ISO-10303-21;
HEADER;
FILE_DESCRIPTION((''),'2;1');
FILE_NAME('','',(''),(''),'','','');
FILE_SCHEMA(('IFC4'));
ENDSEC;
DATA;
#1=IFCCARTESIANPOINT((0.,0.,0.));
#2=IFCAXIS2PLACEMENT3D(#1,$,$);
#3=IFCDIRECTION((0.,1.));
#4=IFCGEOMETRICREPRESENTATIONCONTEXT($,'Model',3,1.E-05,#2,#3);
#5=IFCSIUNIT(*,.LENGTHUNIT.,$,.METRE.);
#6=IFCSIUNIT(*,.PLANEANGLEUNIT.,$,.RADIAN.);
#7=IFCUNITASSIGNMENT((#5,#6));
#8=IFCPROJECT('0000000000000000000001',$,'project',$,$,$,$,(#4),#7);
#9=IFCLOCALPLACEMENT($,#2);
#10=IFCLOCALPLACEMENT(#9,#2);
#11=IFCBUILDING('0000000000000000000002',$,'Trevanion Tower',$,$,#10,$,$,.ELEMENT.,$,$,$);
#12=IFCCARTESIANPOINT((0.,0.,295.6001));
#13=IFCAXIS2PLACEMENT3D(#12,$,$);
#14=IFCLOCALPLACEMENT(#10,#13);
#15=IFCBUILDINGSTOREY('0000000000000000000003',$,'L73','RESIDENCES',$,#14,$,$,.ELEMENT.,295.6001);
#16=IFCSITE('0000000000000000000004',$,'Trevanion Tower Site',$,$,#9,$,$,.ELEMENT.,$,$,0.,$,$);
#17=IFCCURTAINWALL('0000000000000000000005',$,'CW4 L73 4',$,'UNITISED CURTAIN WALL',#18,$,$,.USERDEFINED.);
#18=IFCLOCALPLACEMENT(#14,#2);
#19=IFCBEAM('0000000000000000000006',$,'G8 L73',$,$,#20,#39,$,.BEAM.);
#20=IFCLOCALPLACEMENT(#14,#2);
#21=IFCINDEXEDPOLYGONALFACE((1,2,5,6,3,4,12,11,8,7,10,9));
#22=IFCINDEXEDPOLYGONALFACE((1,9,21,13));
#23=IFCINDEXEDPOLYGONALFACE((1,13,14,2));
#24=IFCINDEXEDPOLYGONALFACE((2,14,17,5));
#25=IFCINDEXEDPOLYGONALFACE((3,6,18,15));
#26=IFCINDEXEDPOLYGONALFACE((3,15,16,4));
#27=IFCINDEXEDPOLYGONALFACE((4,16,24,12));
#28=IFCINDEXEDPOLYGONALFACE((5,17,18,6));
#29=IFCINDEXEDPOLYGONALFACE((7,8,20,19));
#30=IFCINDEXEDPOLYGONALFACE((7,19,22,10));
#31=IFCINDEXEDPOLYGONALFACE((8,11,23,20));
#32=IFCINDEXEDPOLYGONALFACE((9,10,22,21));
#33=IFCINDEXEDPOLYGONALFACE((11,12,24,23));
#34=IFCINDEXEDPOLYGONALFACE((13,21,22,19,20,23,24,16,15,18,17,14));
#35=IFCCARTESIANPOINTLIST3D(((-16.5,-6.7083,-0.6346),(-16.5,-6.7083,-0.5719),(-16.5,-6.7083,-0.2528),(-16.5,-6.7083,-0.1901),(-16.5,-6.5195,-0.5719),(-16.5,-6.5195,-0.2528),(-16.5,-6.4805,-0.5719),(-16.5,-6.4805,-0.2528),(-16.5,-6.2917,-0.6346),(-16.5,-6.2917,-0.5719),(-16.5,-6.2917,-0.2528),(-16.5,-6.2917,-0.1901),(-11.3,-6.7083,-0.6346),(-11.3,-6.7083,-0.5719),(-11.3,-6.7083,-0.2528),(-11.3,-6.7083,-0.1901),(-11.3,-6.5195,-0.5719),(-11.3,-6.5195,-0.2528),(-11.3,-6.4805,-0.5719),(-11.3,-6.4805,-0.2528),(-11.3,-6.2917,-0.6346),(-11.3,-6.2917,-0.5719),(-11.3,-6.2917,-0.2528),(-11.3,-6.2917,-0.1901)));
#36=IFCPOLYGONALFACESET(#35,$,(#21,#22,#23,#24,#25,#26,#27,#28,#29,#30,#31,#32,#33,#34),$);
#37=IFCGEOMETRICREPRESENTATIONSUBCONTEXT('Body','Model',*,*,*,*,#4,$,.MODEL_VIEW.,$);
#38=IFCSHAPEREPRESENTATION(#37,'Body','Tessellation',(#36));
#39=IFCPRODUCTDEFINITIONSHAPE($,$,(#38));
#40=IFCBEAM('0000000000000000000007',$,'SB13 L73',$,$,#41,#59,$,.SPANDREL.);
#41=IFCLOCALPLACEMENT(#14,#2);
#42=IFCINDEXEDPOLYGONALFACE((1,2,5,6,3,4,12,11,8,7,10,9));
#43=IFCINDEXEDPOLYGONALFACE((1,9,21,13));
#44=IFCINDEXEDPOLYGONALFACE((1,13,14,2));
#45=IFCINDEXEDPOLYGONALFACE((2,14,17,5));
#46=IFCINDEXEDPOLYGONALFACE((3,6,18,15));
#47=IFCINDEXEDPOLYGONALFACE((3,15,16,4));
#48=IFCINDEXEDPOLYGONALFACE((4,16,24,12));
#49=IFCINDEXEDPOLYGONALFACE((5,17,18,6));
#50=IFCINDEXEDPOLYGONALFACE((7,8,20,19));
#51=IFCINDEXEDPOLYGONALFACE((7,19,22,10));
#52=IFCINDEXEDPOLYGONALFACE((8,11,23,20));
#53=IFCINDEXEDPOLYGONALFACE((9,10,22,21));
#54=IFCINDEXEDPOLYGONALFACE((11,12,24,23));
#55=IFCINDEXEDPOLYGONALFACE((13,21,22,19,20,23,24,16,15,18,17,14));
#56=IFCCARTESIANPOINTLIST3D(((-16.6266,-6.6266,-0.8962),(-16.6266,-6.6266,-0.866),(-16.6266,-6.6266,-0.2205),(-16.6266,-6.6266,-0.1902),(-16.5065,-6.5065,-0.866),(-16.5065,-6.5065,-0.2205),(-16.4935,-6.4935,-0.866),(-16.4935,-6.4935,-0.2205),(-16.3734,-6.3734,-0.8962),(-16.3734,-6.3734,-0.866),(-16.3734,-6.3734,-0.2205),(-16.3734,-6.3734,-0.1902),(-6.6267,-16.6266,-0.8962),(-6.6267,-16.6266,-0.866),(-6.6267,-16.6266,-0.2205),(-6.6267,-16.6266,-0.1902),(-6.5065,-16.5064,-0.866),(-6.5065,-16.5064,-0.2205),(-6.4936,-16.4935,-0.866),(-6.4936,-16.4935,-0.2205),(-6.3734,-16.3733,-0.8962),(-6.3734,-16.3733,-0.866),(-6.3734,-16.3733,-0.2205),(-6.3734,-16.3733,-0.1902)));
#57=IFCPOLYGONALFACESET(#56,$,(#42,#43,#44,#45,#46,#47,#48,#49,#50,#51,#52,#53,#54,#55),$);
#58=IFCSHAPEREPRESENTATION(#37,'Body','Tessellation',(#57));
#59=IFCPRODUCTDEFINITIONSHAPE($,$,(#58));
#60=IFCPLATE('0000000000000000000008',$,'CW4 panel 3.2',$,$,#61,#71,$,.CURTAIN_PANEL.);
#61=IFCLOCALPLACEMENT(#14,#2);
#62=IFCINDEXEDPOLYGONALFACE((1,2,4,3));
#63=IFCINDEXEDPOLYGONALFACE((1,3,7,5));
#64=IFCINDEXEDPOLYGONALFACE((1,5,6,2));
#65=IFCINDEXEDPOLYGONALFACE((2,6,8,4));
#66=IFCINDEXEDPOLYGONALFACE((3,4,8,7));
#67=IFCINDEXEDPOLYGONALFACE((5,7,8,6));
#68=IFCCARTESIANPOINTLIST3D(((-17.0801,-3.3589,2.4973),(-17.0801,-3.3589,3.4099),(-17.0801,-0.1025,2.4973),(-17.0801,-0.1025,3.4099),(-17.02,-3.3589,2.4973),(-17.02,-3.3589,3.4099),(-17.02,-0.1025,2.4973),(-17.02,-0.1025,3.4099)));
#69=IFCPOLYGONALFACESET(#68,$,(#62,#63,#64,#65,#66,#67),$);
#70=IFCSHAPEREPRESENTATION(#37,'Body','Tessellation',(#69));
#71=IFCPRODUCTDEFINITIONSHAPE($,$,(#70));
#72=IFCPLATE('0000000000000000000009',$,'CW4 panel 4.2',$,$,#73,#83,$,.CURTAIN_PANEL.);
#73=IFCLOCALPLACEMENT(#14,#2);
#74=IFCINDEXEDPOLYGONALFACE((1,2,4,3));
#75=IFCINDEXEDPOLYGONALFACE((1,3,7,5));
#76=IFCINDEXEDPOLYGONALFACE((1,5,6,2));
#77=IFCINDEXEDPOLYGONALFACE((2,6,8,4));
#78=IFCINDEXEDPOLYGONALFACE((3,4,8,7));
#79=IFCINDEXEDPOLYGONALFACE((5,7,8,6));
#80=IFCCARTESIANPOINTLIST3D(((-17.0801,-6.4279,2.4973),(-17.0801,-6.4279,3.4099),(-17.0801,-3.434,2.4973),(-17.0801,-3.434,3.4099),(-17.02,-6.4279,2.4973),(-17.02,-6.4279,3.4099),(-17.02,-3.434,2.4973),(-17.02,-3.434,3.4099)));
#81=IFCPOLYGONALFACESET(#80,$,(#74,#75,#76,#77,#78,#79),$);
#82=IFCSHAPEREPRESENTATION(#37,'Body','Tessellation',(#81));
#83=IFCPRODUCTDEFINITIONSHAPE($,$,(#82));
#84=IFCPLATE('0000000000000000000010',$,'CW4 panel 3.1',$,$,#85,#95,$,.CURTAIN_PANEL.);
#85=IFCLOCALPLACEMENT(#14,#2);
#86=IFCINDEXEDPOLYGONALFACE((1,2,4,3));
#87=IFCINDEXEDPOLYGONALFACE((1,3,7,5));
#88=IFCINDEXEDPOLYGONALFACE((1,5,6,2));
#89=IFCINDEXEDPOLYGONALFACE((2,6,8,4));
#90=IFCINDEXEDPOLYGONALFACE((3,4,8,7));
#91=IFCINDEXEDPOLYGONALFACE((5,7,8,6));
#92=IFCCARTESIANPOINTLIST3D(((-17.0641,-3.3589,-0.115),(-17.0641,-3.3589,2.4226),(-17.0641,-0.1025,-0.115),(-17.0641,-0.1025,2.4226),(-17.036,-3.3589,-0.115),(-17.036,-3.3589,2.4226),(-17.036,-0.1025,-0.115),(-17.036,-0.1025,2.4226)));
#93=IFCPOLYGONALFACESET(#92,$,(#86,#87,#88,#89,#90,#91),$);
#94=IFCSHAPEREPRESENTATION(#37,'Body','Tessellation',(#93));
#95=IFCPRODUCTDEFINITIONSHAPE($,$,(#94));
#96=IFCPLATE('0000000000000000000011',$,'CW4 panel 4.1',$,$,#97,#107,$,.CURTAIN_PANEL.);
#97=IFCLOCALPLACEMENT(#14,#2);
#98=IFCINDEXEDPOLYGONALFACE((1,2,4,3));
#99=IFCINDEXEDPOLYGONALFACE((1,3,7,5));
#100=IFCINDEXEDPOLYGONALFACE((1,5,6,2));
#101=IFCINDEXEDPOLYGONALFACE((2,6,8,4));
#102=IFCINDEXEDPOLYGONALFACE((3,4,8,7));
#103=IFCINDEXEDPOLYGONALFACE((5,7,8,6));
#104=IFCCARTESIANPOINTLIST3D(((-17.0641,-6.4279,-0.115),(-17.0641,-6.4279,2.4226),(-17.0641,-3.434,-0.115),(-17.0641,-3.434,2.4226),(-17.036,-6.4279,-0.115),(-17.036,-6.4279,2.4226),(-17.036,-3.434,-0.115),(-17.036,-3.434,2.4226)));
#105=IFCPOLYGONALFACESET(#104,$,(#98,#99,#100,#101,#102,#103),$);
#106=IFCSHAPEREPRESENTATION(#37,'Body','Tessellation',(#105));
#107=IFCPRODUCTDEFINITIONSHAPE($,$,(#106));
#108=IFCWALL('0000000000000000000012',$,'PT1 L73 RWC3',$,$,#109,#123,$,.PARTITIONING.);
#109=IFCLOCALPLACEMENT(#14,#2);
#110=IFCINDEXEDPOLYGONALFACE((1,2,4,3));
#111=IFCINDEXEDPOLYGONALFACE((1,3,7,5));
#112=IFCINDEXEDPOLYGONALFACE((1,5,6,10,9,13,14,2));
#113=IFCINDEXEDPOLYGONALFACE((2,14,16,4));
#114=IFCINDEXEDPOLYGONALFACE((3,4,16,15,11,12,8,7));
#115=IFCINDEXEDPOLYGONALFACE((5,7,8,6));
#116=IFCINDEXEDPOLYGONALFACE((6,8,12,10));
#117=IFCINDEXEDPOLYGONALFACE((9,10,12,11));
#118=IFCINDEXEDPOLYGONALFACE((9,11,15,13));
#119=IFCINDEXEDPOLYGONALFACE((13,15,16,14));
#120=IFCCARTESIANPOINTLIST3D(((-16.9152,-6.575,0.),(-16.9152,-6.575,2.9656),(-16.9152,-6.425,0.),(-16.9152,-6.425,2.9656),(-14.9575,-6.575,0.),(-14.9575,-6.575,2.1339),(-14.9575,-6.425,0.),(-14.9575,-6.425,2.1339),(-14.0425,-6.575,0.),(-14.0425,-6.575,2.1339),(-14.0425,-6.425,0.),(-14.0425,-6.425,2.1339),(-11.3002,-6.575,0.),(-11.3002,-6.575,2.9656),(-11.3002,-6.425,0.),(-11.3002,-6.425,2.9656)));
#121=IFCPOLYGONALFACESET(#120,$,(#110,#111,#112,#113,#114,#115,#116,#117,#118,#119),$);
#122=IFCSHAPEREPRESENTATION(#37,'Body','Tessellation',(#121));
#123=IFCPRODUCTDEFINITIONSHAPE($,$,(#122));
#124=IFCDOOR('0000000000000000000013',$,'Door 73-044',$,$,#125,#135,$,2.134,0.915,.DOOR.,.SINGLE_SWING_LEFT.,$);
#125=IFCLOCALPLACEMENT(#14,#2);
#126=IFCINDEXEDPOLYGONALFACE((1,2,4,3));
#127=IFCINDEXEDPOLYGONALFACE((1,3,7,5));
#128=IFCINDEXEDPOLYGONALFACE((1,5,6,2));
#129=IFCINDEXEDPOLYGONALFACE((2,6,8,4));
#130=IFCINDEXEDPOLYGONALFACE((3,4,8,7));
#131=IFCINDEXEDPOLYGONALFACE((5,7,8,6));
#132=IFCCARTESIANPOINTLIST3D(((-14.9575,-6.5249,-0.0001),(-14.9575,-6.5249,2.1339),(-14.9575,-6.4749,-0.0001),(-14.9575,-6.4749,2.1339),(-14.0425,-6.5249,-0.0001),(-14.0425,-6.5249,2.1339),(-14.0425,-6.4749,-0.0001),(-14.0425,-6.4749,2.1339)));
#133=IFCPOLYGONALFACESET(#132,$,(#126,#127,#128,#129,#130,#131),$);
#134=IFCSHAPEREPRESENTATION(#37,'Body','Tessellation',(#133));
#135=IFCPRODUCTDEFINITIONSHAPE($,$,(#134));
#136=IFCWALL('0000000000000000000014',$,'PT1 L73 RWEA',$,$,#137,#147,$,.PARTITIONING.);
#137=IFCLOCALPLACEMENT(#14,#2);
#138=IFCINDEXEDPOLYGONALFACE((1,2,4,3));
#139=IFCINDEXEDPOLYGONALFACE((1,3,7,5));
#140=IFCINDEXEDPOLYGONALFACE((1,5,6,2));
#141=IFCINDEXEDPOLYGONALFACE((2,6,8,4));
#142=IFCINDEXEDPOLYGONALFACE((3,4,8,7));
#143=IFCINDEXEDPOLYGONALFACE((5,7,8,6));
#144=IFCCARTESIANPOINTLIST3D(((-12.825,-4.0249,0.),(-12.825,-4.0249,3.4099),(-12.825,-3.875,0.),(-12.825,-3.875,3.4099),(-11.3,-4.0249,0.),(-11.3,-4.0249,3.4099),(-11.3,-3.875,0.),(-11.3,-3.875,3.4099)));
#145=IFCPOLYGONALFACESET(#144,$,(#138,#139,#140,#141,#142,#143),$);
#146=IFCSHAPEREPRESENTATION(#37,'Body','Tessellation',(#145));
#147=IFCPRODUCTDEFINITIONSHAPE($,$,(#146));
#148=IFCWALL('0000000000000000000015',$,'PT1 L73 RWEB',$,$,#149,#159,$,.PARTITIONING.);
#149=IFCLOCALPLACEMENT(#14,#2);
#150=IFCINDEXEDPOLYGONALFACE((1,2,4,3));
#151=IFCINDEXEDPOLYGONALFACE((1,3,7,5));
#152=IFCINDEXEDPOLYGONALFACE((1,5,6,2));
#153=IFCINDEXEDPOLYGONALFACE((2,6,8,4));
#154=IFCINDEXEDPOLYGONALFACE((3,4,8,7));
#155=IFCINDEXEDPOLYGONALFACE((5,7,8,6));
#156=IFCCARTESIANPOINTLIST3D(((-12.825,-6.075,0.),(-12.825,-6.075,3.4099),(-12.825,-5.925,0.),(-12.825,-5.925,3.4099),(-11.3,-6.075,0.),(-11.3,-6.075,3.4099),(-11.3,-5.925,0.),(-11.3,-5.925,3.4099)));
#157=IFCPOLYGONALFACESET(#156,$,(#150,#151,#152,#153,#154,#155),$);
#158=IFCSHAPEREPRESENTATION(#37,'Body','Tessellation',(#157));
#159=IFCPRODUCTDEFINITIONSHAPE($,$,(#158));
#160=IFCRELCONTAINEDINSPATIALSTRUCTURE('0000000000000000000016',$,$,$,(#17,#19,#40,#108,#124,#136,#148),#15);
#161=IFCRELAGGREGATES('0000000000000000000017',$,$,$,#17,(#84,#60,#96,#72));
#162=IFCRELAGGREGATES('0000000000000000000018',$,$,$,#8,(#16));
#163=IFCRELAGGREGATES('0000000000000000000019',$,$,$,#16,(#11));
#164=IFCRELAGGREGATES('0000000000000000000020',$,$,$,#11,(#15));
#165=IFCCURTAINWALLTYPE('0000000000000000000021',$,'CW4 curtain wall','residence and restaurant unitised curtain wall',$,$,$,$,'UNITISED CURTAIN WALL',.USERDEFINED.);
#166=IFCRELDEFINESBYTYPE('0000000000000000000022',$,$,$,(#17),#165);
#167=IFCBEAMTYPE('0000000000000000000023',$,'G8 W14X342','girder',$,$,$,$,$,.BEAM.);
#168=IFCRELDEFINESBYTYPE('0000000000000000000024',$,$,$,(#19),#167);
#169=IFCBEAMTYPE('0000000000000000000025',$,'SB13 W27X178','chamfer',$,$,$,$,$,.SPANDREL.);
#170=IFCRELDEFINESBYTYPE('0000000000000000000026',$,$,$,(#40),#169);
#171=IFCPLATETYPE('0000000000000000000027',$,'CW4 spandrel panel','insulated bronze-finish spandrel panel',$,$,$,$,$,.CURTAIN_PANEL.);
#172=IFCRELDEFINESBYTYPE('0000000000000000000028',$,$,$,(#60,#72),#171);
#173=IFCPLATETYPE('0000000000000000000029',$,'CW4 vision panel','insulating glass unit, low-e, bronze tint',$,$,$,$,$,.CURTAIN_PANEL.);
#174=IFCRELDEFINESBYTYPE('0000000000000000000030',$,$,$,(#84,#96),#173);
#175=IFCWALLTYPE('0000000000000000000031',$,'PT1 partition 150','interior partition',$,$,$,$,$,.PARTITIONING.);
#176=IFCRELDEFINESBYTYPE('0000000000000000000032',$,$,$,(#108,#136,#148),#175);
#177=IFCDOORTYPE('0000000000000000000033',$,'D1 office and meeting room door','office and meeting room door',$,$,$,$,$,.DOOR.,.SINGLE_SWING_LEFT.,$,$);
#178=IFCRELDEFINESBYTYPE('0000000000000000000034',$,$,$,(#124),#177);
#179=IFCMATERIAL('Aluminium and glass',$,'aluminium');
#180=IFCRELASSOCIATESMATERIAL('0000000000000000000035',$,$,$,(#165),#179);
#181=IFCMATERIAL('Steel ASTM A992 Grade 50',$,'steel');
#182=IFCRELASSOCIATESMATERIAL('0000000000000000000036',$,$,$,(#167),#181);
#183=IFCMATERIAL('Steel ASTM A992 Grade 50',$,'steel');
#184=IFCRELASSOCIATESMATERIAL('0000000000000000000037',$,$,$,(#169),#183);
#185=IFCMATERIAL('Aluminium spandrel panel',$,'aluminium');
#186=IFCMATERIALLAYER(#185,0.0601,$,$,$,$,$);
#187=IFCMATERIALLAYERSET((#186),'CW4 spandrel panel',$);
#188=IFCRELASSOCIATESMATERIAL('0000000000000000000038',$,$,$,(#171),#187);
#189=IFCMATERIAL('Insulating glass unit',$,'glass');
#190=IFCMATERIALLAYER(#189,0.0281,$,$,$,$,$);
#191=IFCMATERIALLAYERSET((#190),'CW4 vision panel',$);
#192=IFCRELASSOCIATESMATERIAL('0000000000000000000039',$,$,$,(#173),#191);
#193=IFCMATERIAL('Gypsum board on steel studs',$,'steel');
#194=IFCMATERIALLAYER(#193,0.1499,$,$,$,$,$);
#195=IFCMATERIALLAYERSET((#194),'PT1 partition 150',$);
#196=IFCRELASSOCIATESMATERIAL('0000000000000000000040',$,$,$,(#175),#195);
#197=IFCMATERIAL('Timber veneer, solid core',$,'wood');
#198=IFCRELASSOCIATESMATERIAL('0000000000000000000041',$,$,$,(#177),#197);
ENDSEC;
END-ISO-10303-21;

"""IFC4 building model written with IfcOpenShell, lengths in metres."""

from ifc_helpers import new_model, si_unit, direction, frame, frame_2d, origin, origin_2d, place, context, subcontext, project, spatial, rectangle, i_section, extrude, material, layer, layer_set, material_profile, profile_set, type_object, element, fill, aggregate, save


model = new_model("IFC4")

# Units and contexts
model_context = context("Model", 3, precision=1e-05, world=origin(), true_north=direction((0.0, 1.0)))
body_context = subcontext(model_context, "Body", "Model", "MODEL_VIEW")
ifc_project = project(units=[si_unit("LENGTHUNIT", "METRE"), si_unit("PLANEANGLEUNIT", "RADIAN")], contexts=[model_context])

# Site, building, storey
site_placement = place(None, origin())
site = spatial("IfcSite", under=ifc_project, at=site_placement, Name="Trevanion Tower Site", CompositionType="ELEMENT", RefElevation=0.0)
building_placement = place(site_placement, origin())
building = spatial("IfcBuilding", under=site, at=building_placement, Name="Trevanion Tower", CompositionType="ELEMENT")
storey_placement = place(building_placement, frame((0.0, 0.0, 295.6001)))
storey = spatial("IfcBuildingStorey", under=building, at=storey_placement, Name="L73", Description="RESIDENCES", CompositionType="ELEMENT", Elevation=295.6001)

# Curtain wall
ifc_material_1 = material(Name="Aluminium and glass", Category="aluminium")
curtain_wall_type = type_object("IfcCurtainWallType", Name="CW4 curtain wall", Description="residence and restaurant unitised curtain wall", ElementType="UNITISED CURTAIN WALL", PredefinedType="USERDEFINED", material=ifc_material_1)
curtain_wall_1_placement = place(storey_placement, origin())
curtain_wall_1 = element("IfcCurtainWall", 1, at=curtain_wall_1_placement, inside=storey, type_object=curtain_wall_type, Name="CW4 L73 4", ObjectType="UNITISED CURTAIN WALL", PredefinedType="USERDEFINED")

# Beams
ifc_material_2 = material(Name="Steel ASTM A992 Grade 50", Category="steel")
ifc_material_profile_1 = material_profile(ifc_material_2, i_section(OverallWidth=0.4165, OverallDepth=0.4446, WebThickness=0.0391, FlangeThickness=0.0627, at=origin_2d()), Name="W14X342")
ifc_profile_set_1 = profile_set([ifc_material_profile_1], Name="Steel ASTM A992 Grade 50")
beam_type_1 = type_object("IfcBeamType", Name="G8 W14X342", Description="girder", PredefinedType="BEAM", material=ifc_profile_set_1)
beam_1_placement = place(storey_placement, frame((-11.3, -6.5, -0.4124), z_axis=(-1.0, 0.0, 0.0), x_axis=(0.0, -1.0, 0.0)))
element("IfcBeam", 2, at=beam_1_placement, inside=storey, type_object=beam_type_1, Name="G8 L73", PredefinedType="BEAM", context=body_context, shape_type="SweptSolid", body=[
    extrude(i_section(OverallWidth=0.4165, OverallDepth=0.4446, WebThickness=0.0391, FlangeThickness=0.0627, at=origin_2d()), origin(), (0.0, 0.0, 1.0), 5.2),
])
ifc_material_3 = material(Name="Steel ASTM A992 Grade 50", Category="steel")
ifc_material_profile_2 = material_profile(ifc_material_3, i_section(OverallWidth=0.3582, OverallDepth=0.7061, WebThickness=0.0183, FlangeThickness=0.0303, at=origin_2d()), Name="W27X178")
ifc_profile_set_2 = profile_set([ifc_material_profile_2], Name="Steel ASTM A992 Grade 50")
beam_type_2 = type_object("IfcBeamType", Name="SB13 W27X178", Description="chamfer", PredefinedType="SPANDREL", material=ifc_profile_set_2)
beam_2_placement = place(storey_placement, frame((-16.5, -6.5, -0.5432), z_axis=(0.707107, -0.707107, 0.0), x_axis=(0.707107, 0.707107, 0.0)))
element("IfcBeam", 3, at=beam_2_placement, inside=storey, type_object=beam_type_2, Name="SB13 L73", PredefinedType="SPANDREL", context=body_context, shape_type="SweptSolid", body=[
    extrude(i_section(OverallWidth=0.3582, OverallDepth=0.7061, WebThickness=0.0183, FlangeThickness=0.0303, at=origin_2d()), origin(), (0.0, 0.0, 1.0), 14.1421),
])

# Plates
ifc_material_4 = material(Name="Aluminium spandrel panel", Category="aluminium")
ifc_layer_1 = layer(ifc_material_4, 0.0601)
ifc_layer_set_1 = layer_set([ifc_layer_1], Name="CW4 spandrel panel")
plate_type_1 = type_object("IfcPlateType", Name="CW4 spandrel panel", Description="insulated bronze-finish spandrel panel", PredefinedType="CURTAIN_PANEL", material=ifc_layer_set_1)
plate_1_placement = place(storey_placement, frame((-17.05, -1.7307, 2.4973), z_axis=(0.0, 0.0, 1.0), x_axis=(0.0, -1.0, 0.0)))
plate_1 = element("IfcPlate", 4, at=plate_1_placement, type_object=plate_type_1, Name="CW4 panel 3.2", PredefinedType="CURTAIN_PANEL", context=body_context, shape_type="SweptSolid", body=[
    extrude(rectangle(XDim=3.2563, YDim=0.0601, at=origin_2d()), origin(), (0.0, 0.0, 1.0), 0.9126),
])
plate_2_placement = place(storey_placement, frame((-17.05, -4.9309, 2.4973), z_axis=(0.0, 0.0, 1.0), x_axis=(0.0, -1.0, 0.0)))
plate_2 = element("IfcPlate", 5, at=plate_2_placement, type_object=plate_type_1, Name="CW4 panel 4.2", PredefinedType="CURTAIN_PANEL", context=body_context, shape_type="SweptSolid", body=[
    extrude(rectangle(XDim=2.9939, YDim=0.0601, at=origin_2d()), origin(), (0.0, 0.0, 1.0), 0.9126),
])
ifc_material_5 = material(Name="Insulating glass unit", Category="glass")
ifc_layer_2 = layer(ifc_material_5, 0.0281)
ifc_layer_set_2 = layer_set([ifc_layer_2], Name="CW4 vision panel")
plate_type_2 = type_object("IfcPlateType", Name="CW4 vision panel", Description="insulating glass unit, low-e, bronze tint", PredefinedType="CURTAIN_PANEL", material=ifc_layer_set_2)
plate_3_placement = place(storey_placement, frame((-17.05, -1.7307, -0.115), z_axis=(0.0, 0.0, 1.0), x_axis=(0.0, -1.0, 0.0)))
plate_3 = element("IfcPlate", 6, at=plate_3_placement, type_object=plate_type_2, Name="CW4 panel 3.1", PredefinedType="CURTAIN_PANEL", context=body_context, shape_type="SweptSolid", body=[
    extrude(rectangle(XDim=3.2563, YDim=0.0281, at=origin_2d()), origin(), (0.0, 0.0, 1.0), 2.5376),
])
plate_4_placement = place(storey_placement, frame((-17.05, -4.9309, -0.115), z_axis=(0.0, 0.0, 1.0), x_axis=(0.0, -1.0, 0.0)))
plate_4 = element("IfcPlate", 7, at=plate_4_placement, type_object=plate_type_2, Name="CW4 panel 4.1", PredefinedType="CURTAIN_PANEL", context=body_context, shape_type="SweptSolid", body=[
    extrude(rectangle(XDim=2.9939, YDim=0.0281, at=origin_2d()), origin(), (0.0, 0.0, 1.0), 2.5376),
])
aggregate(curtain_wall_1, [plate_3, plate_1, plate_4, plate_2])

# Wall, opening, door
ifc_material_6 = material(Name="Gypsum board on steel studs", Category="steel")
ifc_layer_3 = layer(ifc_material_6, 0.1499)
ifc_layer_set_3 = layer_set([ifc_layer_3], Name="PT1 partition 150")
wall_type_1 = type_object("IfcWallType", Name="PT1 partition 150", Description="interior partition", PredefinedType="PARTITIONING", material=ifc_layer_set_3)
wall_1_placement = place(storey_placement, frame((-11.3, -6.5, 0.0), z_axis=(0.0, 0.0, 1.0), x_axis=(-1.0, 0.0, 0.0)))
wall_1 = element("IfcWall", 8, at=wall_1_placement, inside=storey, type_object=wall_type_1, Name="PT1 L73 RWC3", PredefinedType="PARTITIONING", context=body_context, shape_type="SweptSolid", body=[
    extrude(rectangle(XDim=5.615, YDim=0.1499, at=frame_2d((2.8076, 0.0))), origin(), (0.0, 0.0, 1.0), 2.9656),
])
opening_1_placement = place(wall_1_placement, frame((2.7424, 0.0, 0.0)))
opening_1 = element("IfcOpeningElement", 9, at=opening_1_placement, cuts=wall_1, PredefinedType="OPENING", context=body_context, shape_type="SweptSolid", body=[
    extrude(rectangle(XDim=0.915, YDim=2.134, at=frame_2d((0.4575, 1.0669))), frame((0.0, 0.085, 0.0), z_axis=(0.0, -1.0, 0.0), x_axis=(1.0, 0.0, 0.0)), (0.0, 0.0, 1.0), 0.1699),
])
ifc_material_7 = material(Name="Timber veneer, solid core", Category="wood")
door_type_1 = type_object("IfcDoorType", Name="D1 office and meeting room door", Description="office and meeting room door", OperationType="SINGLE_SWING_LEFT", PredefinedType="DOOR", material=ifc_material_7)
door_1_placement = place(opening_1_placement, origin())
door_1 = element("IfcDoor", 10, at=door_1_placement, inside=storey, type_object=door_type_1, Name="Door 73-044", OperationType="SINGLE_SWING_LEFT", OverallHeight=2.134, OverallWidth=0.915, PredefinedType="DOOR", context=body_context, shape_type="SweptSolid", body=[
    extrude(rectangle(XDim=0.915, YDim=2.134, at=frame_2d((0.4575, 1.0669))), frame((0.0, 0.0249, 0.0), z_axis=(0.0, -1.0, 0.0), x_axis=(1.0, 0.0, 0.0)), (0.0, 0.0, 1.0), 0.05),
])
fill(opening_1, door_1)

# Walls
for number, where, z_axis, x_axis, name in (
    (11, (-11.3, -3.95, 0.0), (0.0, 0.0, 1.0), (-1.0, 0.0, 0.0), "PT1 L73 RWEA"),
    (12, (-11.3, -6.0, 0.0), (0.0, 0.0, 1.0), (-1.0, 0.0, 0.0), "PT1 L73 RWEB"),
):
    element("IfcWall", number, at=place(storey_placement, frame(where, z_axis=z_axis, x_axis=x_axis)), inside=storey, type_object=wall_type_1, Name=name, PredefinedType="PARTITIONING", context=body_context, shape_type="SweptSolid", body=[
        extrude(rectangle(XDim=1.5249, YDim=0.1499, at=frame_2d((0.7625, 0.0))), origin(), (0.0, 0.0, 1.0), 3.4099),
    ])

save(model, "model.ifc")
